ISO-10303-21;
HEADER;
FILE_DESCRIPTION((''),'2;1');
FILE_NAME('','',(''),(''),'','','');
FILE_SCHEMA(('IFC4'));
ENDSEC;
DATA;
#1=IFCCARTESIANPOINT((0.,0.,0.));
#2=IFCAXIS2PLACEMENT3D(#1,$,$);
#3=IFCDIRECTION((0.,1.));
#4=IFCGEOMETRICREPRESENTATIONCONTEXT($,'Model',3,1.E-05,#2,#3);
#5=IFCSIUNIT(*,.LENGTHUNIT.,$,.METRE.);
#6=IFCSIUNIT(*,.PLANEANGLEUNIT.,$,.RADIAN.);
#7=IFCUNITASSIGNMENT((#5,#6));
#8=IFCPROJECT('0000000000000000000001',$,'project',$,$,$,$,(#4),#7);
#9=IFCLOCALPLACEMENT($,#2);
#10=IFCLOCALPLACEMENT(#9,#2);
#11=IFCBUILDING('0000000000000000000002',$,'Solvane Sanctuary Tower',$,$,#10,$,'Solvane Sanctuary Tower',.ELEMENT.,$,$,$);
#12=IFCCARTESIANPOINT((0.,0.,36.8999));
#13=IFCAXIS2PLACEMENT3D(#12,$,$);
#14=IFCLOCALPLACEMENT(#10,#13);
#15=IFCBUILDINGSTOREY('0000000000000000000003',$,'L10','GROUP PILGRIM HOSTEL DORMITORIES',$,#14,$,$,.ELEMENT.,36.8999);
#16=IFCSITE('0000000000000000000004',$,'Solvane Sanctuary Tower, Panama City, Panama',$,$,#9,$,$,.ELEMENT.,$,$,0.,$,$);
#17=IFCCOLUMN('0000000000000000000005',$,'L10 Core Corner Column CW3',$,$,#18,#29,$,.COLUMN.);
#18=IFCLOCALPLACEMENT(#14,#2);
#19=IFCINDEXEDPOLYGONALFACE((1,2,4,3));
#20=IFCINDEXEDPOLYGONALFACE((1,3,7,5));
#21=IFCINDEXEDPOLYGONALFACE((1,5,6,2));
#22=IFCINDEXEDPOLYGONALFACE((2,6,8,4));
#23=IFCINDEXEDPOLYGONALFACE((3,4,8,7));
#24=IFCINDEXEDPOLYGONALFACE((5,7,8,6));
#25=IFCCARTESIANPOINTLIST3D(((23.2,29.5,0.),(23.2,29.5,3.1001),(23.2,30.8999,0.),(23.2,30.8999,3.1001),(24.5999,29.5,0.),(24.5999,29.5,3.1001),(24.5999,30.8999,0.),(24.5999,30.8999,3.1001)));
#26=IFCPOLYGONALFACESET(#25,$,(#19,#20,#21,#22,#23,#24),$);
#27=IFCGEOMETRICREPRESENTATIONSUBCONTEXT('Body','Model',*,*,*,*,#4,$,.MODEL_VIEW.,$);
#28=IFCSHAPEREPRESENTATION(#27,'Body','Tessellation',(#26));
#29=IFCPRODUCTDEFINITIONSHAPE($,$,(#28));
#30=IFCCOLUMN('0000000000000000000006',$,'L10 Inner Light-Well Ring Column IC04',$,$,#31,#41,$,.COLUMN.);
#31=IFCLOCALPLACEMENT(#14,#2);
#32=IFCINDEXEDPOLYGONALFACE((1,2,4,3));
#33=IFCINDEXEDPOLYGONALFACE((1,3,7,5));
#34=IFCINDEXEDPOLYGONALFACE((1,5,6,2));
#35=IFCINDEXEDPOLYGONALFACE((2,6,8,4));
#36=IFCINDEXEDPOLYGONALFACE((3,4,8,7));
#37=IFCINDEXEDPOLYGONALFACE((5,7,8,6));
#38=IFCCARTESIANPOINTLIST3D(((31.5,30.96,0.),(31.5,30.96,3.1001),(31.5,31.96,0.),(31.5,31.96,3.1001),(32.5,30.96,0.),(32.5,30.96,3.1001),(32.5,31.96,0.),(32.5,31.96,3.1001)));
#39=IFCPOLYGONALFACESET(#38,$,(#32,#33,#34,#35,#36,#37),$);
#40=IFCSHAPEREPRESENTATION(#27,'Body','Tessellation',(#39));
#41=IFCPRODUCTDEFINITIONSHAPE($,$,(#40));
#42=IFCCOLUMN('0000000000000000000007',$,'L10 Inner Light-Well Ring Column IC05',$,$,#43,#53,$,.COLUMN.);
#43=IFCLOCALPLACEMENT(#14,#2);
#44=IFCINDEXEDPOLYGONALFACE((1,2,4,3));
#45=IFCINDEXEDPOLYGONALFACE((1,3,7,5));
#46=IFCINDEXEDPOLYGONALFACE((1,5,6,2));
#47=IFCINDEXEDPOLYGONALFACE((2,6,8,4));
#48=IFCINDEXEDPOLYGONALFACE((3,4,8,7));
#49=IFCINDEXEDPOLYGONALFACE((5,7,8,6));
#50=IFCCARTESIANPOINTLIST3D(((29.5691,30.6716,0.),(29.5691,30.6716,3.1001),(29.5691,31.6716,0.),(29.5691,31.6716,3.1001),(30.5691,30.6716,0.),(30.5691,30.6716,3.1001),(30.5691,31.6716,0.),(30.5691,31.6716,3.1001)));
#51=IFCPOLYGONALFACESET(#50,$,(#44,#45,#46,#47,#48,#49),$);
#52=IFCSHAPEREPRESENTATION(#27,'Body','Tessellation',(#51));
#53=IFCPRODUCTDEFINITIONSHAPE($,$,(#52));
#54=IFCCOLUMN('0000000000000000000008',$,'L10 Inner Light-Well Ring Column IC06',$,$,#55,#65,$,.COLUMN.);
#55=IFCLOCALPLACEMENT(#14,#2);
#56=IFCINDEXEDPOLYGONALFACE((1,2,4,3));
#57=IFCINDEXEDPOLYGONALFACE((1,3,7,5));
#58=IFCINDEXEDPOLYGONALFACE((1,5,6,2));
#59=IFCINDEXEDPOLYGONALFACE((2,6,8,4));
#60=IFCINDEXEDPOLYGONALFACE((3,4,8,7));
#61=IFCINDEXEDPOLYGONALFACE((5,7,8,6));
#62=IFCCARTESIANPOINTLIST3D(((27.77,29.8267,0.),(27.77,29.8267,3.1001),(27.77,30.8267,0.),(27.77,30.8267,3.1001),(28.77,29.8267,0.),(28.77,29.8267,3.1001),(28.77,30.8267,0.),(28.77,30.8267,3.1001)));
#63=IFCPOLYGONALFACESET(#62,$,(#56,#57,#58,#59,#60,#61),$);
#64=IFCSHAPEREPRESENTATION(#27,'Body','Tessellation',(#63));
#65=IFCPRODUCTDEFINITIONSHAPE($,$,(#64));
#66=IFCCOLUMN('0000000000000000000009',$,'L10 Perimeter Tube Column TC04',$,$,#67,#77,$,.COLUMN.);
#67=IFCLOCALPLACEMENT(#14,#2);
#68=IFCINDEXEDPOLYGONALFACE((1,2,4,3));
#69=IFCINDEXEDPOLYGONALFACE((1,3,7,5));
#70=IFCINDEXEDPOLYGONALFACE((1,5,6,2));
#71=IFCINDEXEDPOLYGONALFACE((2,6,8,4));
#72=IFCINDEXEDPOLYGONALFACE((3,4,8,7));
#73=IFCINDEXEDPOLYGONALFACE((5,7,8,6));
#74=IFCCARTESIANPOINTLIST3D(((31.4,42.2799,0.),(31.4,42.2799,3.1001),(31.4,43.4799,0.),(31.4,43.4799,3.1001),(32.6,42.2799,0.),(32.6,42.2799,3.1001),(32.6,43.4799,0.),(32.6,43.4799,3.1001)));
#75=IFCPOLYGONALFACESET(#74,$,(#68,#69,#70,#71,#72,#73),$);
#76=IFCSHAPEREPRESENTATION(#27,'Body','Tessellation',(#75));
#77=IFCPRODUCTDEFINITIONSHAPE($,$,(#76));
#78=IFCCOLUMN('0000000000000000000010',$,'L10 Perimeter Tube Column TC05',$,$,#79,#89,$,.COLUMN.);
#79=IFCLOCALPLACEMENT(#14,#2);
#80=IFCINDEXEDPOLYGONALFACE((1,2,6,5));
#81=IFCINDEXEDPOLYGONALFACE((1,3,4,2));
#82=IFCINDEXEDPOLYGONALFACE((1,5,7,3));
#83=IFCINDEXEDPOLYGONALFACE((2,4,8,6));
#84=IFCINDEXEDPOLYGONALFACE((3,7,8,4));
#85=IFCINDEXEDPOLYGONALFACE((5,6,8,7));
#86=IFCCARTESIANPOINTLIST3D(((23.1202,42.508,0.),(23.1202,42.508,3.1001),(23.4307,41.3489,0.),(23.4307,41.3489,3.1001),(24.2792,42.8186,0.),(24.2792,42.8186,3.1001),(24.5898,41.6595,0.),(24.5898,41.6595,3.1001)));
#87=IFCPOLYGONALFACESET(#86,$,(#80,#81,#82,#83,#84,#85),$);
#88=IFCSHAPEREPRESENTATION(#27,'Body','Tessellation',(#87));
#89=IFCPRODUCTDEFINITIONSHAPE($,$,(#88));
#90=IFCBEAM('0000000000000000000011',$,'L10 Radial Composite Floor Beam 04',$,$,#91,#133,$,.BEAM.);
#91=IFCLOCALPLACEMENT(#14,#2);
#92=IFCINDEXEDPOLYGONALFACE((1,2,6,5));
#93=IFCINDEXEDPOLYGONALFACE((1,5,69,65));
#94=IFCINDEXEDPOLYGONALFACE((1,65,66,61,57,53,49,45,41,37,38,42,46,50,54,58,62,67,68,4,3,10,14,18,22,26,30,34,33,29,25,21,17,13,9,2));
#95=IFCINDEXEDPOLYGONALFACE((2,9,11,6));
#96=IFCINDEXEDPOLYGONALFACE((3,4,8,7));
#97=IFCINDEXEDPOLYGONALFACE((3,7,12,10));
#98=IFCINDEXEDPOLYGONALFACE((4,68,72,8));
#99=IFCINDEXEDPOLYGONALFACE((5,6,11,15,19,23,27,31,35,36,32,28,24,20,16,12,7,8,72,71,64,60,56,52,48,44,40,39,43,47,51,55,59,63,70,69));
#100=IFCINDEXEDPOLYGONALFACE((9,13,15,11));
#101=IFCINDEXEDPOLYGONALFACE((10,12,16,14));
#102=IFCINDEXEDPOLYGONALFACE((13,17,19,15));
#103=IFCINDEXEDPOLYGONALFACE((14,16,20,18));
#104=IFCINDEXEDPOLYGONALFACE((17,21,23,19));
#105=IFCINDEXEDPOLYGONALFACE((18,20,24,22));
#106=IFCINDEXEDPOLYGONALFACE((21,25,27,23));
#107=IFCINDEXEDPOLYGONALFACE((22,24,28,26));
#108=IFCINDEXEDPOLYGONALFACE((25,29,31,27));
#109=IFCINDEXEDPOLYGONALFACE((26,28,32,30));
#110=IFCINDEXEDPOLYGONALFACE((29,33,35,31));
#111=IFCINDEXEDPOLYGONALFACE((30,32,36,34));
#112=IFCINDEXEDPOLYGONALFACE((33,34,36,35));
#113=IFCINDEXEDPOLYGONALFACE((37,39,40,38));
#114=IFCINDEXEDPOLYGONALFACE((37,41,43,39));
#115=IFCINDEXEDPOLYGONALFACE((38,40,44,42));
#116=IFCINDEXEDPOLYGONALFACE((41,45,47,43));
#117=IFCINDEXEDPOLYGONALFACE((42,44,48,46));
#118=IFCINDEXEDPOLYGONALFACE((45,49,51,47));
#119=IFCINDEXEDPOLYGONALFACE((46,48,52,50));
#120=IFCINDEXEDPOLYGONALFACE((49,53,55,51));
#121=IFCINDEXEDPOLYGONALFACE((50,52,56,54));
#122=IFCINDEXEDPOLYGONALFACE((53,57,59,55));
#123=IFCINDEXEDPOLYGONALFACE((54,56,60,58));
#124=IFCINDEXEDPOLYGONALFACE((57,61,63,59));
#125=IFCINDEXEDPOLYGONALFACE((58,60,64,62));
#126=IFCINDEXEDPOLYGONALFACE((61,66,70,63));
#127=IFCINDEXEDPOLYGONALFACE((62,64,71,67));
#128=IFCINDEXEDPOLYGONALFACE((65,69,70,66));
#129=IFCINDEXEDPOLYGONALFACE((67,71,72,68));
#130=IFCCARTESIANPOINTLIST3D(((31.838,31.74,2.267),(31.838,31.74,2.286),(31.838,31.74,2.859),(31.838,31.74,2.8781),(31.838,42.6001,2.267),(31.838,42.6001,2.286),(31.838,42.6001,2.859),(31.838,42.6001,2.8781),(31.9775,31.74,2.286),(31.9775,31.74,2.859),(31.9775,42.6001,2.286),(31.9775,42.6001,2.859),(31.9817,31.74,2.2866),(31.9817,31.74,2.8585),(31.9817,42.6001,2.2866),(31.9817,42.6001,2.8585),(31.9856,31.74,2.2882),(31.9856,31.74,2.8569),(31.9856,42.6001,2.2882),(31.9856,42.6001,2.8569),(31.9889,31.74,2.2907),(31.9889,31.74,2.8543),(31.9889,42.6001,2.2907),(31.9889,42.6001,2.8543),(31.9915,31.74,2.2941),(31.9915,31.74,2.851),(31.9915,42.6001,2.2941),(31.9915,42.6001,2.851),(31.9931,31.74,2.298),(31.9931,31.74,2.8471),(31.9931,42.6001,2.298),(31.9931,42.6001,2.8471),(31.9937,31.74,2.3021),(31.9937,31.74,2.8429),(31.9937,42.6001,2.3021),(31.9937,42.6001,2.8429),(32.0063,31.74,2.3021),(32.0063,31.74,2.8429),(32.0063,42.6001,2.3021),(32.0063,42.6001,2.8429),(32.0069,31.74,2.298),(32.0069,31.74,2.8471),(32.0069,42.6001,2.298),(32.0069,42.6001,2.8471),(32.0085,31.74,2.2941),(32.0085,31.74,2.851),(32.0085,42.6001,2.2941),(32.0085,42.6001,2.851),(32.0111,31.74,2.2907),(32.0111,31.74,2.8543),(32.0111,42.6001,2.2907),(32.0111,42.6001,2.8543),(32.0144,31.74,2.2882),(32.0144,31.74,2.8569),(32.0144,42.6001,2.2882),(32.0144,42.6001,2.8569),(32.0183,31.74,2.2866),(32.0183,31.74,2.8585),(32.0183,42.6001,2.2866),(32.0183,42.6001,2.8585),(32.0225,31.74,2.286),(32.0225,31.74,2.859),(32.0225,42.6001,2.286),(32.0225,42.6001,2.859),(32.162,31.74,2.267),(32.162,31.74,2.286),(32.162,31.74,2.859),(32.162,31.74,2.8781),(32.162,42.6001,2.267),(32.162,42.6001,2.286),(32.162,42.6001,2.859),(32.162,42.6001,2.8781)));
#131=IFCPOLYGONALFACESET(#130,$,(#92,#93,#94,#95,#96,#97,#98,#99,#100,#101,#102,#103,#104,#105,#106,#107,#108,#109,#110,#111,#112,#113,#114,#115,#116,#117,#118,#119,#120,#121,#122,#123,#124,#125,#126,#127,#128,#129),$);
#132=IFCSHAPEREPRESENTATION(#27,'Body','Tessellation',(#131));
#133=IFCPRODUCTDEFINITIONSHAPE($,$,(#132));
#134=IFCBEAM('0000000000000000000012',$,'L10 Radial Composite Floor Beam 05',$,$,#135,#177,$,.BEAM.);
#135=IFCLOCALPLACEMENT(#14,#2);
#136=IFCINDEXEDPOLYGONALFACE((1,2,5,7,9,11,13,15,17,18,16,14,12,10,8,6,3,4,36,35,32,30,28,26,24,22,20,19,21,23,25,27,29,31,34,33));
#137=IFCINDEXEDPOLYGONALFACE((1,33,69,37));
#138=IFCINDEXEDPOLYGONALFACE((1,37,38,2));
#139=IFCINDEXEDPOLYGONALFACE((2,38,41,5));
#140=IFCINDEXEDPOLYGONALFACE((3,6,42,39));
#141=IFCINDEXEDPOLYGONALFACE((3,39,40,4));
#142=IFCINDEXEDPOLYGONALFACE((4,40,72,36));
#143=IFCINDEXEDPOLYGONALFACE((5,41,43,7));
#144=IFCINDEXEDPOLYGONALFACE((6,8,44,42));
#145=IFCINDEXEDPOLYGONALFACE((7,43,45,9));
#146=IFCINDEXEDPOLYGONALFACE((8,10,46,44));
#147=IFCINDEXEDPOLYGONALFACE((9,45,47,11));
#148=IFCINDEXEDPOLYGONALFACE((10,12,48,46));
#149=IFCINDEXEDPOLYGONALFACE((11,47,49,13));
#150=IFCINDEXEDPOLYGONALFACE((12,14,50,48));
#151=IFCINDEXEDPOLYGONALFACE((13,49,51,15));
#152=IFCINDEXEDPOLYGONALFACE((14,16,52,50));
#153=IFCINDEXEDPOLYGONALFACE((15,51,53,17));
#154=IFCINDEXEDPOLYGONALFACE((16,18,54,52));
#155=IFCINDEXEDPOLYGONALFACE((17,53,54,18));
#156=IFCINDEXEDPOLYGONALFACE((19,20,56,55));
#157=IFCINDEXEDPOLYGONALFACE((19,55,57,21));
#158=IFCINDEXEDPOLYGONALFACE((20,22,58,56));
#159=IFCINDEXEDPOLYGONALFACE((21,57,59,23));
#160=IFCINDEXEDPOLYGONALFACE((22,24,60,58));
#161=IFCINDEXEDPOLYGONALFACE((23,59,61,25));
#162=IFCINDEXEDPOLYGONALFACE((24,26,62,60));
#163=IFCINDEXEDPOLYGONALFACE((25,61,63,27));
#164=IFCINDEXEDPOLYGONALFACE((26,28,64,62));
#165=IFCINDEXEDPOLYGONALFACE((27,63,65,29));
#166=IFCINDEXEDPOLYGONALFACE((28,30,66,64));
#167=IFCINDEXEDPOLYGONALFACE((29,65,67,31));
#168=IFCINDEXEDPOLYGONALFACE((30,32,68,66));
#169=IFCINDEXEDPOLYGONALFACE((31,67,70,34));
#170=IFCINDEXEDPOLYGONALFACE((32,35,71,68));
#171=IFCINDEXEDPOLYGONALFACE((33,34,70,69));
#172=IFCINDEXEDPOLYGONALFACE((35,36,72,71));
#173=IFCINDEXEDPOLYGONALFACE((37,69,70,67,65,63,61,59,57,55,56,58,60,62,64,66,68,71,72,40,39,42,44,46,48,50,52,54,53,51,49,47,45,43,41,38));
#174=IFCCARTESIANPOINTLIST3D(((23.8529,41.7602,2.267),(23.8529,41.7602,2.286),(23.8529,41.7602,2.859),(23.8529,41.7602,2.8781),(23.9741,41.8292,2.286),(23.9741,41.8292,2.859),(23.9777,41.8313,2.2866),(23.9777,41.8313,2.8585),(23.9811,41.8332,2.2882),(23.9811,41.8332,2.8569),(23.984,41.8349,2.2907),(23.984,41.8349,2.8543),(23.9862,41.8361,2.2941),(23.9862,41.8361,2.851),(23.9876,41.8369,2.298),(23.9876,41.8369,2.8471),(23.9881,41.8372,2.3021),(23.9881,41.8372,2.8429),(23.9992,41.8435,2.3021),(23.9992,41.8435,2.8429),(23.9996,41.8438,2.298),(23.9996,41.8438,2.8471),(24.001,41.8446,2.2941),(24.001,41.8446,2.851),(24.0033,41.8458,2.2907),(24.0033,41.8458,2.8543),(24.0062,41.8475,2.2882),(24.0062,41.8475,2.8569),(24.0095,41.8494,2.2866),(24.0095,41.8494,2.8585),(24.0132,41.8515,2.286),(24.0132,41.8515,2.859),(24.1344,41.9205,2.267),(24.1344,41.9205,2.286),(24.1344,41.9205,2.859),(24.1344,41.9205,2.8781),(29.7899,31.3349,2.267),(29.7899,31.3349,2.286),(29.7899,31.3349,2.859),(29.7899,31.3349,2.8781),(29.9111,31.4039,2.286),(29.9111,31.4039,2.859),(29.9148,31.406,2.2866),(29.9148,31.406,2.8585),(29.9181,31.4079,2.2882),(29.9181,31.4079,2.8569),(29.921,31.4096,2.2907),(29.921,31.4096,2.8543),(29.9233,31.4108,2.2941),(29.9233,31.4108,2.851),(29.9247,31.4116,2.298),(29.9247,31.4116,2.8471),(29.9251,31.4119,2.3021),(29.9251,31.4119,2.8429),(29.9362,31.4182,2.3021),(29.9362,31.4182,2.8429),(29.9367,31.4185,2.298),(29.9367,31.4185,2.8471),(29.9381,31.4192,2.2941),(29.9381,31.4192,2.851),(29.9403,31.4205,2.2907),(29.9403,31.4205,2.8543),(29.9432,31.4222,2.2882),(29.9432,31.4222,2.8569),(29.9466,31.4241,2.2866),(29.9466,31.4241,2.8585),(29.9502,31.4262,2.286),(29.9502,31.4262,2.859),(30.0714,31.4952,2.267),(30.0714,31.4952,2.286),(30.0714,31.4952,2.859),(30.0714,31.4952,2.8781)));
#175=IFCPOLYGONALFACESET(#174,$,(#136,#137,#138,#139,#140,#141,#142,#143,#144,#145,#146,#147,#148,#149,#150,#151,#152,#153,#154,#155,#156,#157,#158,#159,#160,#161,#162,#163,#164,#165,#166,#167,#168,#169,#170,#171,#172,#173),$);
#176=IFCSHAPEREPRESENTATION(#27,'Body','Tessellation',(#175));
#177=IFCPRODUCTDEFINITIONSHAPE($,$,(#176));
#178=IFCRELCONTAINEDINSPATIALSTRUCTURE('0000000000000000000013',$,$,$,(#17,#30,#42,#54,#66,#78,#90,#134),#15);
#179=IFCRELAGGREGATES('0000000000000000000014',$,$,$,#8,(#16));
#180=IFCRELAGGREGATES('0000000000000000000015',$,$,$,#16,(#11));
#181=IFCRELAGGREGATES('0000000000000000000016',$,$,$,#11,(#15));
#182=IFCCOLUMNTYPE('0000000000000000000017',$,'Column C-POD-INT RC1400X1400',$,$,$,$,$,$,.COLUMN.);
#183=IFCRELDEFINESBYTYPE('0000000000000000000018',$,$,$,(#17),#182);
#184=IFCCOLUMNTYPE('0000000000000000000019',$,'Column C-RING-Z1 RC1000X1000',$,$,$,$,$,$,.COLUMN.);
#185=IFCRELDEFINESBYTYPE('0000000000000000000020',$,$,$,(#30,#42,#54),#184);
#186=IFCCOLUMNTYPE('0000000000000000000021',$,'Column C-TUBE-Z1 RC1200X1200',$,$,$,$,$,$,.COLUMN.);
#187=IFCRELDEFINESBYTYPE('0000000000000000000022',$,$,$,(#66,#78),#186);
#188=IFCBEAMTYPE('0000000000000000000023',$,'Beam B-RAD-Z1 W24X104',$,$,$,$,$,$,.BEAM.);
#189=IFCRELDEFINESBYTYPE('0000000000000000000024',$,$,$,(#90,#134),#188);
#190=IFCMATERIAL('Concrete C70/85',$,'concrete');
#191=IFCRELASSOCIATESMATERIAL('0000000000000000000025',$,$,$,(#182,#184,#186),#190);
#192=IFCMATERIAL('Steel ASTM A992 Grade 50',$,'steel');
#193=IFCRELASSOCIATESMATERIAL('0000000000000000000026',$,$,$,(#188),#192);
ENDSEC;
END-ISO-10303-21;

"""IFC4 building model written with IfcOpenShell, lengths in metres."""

from ifc_helpers import new_model, si_unit, direction, frame, origin, origin_2d, place, context, subcontext, project, spatial, rectangle, i_section, extrude, material, material_profile, profile_set, type_object, element, save


model = new_model("IFC4")

# Units and contexts
model_context = context("Model", 3, precision=1e-05, world=origin(), true_north=direction((0.0, 1.0)))
body_context = subcontext(model_context, "Body", "Model", "MODEL_VIEW")
ifc_project = project(units=[si_unit("LENGTHUNIT", "METRE"), si_unit("PLANEANGLEUNIT", "RADIAN")], contexts=[model_context])

# Site, building, storey
site_placement = place(None, origin())
site = spatial("IfcSite", under=ifc_project, at=site_placement, Name="Solvane Sanctuary Tower, Panama City, Panama", CompositionType="ELEMENT", RefElevation=0.0)
building_placement = place(site_placement, origin())
building = spatial("IfcBuilding", under=site, at=building_placement, Name="Solvane Sanctuary Tower", LongName="Solvane Sanctuary Tower", CompositionType="ELEMENT")
storey_placement = place(building_placement, frame((0.0, 0.0, 36.8999)))
storey = spatial("IfcBuildingStorey", under=building, at=storey_placement, Name="L10", Description="GROUP PILGRIM HOSTEL DORMITORIES", CompositionType="ELEMENT", Elevation=36.8999)

# Columns
ifc_material_1 = material(Name="Concrete C70/85", Category="concrete")
ifc_material_profile_1 = material_profile(ifc_material_1, rectangle(XDim=1.3999, YDim=1.3999, at=origin_2d()), Name="RC1400X1400")
ifc_profile_set_1 = profile_set([ifc_material_profile_1], Name="Concrete C70/85")
column_type_1 = type_object("IfcColumnType", Name="Column C-POD-INT RC1400X1400", PredefinedType="COLUMN", material=ifc_profile_set_1)
column_placement = place(storey_placement, frame((23.8999, 30.2, 0.0), z_axis=(0.0, 0.0, 1.0), x_axis=(1.0, 0.0, 0.0)))
element("IfcColumn", 1, at=column_placement, inside=storey, type_object=column_type_1, Name="L10 Core Corner Column CW3", PredefinedType="COLUMN", context=body_context, shape_type="SweptSolid", body=[
    extrude(rectangle(XDim=1.3999, YDim=1.3999, at=origin_2d()), origin(), (0.0, 0.0, 1.0), 3.1001),
])
ifc_material_profile_2 = material_profile(ifc_material_1, rectangle(XDim=1.0, YDim=1.0, at=origin_2d()), Name="RC1000X1000")
ifc_profile_set_2 = profile_set([ifc_material_profile_2], Name="Concrete C70/85")
column_type_2 = type_object("IfcColumnType", Name="Column C-RING-Z1 RC1000X1000", PredefinedType="COLUMN", material=ifc_profile_set_2)
for number, where, z_axis, x_axis, name in (
    (2, (32.0, 31.46, 0.0), (0.0, 0.0, 1.0), (1.0, 0.0, 0.0), "L10 Inner Light-Well Ring Column IC04"),
    (3, (30.0691, 31.1716, 0.0), (0.0, 0.0, 1.0), (1.0, 0.0, 0.0), "L10 Inner Light-Well Ring Column IC05"),
    (4, (28.27, 30.3267, 0.0), (0.0, 0.0, 1.0), (1.0, 0.0, 0.0), "L10 Inner Light-Well Ring Column IC06"),
):
    element("IfcColumn", number, at=place(storey_placement, frame(where, z_axis=z_axis, x_axis=x_axis)), inside=storey, type_object=column_type_2, Name=name, PredefinedType="COLUMN", context=body_context, shape_type="SweptSolid", body=[
        extrude(rectangle(XDim=1.0, YDim=1.0, at=origin_2d()), origin(), (0.0, 0.0, 1.0), 3.1001),
    ])
ifc_material_profile_3 = material_profile(ifc_material_1, rectangle(XDim=1.2, YDim=1.2, at=origin_2d()), Name="RC1200X1200")
ifc_profile_set_3 = profile_set([ifc_material_profile_3], Name="Concrete C70/85")
column_type_3 = type_object("IfcColumnType", Name="Column C-TUBE-Z1 RC1200X1200", PredefinedType="COLUMN", material=ifc_profile_set_3)
for number, where, z_axis, x_axis, name in (
    (5, (32.0, 42.8799, 0.0), (0.0, 0.0, 1.0), (0.0, 1.0, 0.0), "L10 Perimeter Tube Column TC04"),
    (6, (23.855, 42.0837, 0.0), (0.0, 0.0, 1.0), (-0.258819, 0.965926, 0.0), "L10 Perimeter Tube Column TC05"),
):
    element("IfcColumn", number, at=place(storey_placement, frame(where, z_axis=z_axis, x_axis=x_axis)), inside=storey, type_object=column_type_3, Name=name, PredefinedType="COLUMN", context=body_context, shape_type="SweptSolid", body=[
        extrude(rectangle(XDim=1.2, YDim=1.2, at=origin_2d()), origin(), (0.0, 0.0, 1.0), 3.1001),
    ])

# Beams
ifc_material_2 = material(Name="Steel ASTM A992 Grade 50", Category="steel")
ifc_material_profile_4 = material_profile(ifc_material_2, i_section(OverallWidth=0.324, OverallDepth=0.6111, WebThickness=0.0127, FlangeThickness=0.019, FilletRadius=0.0161, at=origin_2d()), Name="W24X104")
ifc_profile_set_4 = profile_set([ifc_material_profile_4], Name="Steel ASTM A992 Grade 50")
beam_type_1 = type_object("IfcBeamType", Name="Beam B-RAD-Z1 W24X104", PredefinedType="BEAM", material=ifc_profile_set_4)
beam_1_placement = place(storey_placement, frame((32.0, 31.74, 2.5725), z_axis=(0.0, 1.0, 0.0), x_axis=(-1.0, 0.0, 0.0)))
element("IfcBeam", 7, at=beam_1_placement, inside=storey, type_object=beam_type_1, Name="L10 Radial Composite Floor Beam 04", PredefinedType="BEAM", context=body_context, shape_type="SweptSolid", body=[
    extrude(i_section(OverallWidth=0.324, OverallDepth=0.6111, WebThickness=0.0127, FlangeThickness=0.019, FilletRadius=0.0161, at=origin_2d()), origin(), (0.0, 0.0, 1.0), 10.8601),
])
beam_2_placement = place(storey_placement, frame((29.9307, 31.415, 2.5725), z_axis=(-0.494863, 0.868971, 0.0), x_axis=(-0.868971, -0.494863, 0.0)))
element("IfcBeam", 8, at=beam_2_placement, inside=storey, type_object=beam_type_1, Name="L10 Radial Composite Floor Beam 05", PredefinedType="BEAM", context=body_context, shape_type="SweptSolid", body=[
    extrude(i_section(OverallWidth=0.324, OverallDepth=0.6111, WebThickness=0.0127, FlangeThickness=0.019, FilletRadius=0.0161, at=origin_2d()), origin(), (0.0, 0.0, 1.0), 11.9973),
])

save(model, "model.ifc")
